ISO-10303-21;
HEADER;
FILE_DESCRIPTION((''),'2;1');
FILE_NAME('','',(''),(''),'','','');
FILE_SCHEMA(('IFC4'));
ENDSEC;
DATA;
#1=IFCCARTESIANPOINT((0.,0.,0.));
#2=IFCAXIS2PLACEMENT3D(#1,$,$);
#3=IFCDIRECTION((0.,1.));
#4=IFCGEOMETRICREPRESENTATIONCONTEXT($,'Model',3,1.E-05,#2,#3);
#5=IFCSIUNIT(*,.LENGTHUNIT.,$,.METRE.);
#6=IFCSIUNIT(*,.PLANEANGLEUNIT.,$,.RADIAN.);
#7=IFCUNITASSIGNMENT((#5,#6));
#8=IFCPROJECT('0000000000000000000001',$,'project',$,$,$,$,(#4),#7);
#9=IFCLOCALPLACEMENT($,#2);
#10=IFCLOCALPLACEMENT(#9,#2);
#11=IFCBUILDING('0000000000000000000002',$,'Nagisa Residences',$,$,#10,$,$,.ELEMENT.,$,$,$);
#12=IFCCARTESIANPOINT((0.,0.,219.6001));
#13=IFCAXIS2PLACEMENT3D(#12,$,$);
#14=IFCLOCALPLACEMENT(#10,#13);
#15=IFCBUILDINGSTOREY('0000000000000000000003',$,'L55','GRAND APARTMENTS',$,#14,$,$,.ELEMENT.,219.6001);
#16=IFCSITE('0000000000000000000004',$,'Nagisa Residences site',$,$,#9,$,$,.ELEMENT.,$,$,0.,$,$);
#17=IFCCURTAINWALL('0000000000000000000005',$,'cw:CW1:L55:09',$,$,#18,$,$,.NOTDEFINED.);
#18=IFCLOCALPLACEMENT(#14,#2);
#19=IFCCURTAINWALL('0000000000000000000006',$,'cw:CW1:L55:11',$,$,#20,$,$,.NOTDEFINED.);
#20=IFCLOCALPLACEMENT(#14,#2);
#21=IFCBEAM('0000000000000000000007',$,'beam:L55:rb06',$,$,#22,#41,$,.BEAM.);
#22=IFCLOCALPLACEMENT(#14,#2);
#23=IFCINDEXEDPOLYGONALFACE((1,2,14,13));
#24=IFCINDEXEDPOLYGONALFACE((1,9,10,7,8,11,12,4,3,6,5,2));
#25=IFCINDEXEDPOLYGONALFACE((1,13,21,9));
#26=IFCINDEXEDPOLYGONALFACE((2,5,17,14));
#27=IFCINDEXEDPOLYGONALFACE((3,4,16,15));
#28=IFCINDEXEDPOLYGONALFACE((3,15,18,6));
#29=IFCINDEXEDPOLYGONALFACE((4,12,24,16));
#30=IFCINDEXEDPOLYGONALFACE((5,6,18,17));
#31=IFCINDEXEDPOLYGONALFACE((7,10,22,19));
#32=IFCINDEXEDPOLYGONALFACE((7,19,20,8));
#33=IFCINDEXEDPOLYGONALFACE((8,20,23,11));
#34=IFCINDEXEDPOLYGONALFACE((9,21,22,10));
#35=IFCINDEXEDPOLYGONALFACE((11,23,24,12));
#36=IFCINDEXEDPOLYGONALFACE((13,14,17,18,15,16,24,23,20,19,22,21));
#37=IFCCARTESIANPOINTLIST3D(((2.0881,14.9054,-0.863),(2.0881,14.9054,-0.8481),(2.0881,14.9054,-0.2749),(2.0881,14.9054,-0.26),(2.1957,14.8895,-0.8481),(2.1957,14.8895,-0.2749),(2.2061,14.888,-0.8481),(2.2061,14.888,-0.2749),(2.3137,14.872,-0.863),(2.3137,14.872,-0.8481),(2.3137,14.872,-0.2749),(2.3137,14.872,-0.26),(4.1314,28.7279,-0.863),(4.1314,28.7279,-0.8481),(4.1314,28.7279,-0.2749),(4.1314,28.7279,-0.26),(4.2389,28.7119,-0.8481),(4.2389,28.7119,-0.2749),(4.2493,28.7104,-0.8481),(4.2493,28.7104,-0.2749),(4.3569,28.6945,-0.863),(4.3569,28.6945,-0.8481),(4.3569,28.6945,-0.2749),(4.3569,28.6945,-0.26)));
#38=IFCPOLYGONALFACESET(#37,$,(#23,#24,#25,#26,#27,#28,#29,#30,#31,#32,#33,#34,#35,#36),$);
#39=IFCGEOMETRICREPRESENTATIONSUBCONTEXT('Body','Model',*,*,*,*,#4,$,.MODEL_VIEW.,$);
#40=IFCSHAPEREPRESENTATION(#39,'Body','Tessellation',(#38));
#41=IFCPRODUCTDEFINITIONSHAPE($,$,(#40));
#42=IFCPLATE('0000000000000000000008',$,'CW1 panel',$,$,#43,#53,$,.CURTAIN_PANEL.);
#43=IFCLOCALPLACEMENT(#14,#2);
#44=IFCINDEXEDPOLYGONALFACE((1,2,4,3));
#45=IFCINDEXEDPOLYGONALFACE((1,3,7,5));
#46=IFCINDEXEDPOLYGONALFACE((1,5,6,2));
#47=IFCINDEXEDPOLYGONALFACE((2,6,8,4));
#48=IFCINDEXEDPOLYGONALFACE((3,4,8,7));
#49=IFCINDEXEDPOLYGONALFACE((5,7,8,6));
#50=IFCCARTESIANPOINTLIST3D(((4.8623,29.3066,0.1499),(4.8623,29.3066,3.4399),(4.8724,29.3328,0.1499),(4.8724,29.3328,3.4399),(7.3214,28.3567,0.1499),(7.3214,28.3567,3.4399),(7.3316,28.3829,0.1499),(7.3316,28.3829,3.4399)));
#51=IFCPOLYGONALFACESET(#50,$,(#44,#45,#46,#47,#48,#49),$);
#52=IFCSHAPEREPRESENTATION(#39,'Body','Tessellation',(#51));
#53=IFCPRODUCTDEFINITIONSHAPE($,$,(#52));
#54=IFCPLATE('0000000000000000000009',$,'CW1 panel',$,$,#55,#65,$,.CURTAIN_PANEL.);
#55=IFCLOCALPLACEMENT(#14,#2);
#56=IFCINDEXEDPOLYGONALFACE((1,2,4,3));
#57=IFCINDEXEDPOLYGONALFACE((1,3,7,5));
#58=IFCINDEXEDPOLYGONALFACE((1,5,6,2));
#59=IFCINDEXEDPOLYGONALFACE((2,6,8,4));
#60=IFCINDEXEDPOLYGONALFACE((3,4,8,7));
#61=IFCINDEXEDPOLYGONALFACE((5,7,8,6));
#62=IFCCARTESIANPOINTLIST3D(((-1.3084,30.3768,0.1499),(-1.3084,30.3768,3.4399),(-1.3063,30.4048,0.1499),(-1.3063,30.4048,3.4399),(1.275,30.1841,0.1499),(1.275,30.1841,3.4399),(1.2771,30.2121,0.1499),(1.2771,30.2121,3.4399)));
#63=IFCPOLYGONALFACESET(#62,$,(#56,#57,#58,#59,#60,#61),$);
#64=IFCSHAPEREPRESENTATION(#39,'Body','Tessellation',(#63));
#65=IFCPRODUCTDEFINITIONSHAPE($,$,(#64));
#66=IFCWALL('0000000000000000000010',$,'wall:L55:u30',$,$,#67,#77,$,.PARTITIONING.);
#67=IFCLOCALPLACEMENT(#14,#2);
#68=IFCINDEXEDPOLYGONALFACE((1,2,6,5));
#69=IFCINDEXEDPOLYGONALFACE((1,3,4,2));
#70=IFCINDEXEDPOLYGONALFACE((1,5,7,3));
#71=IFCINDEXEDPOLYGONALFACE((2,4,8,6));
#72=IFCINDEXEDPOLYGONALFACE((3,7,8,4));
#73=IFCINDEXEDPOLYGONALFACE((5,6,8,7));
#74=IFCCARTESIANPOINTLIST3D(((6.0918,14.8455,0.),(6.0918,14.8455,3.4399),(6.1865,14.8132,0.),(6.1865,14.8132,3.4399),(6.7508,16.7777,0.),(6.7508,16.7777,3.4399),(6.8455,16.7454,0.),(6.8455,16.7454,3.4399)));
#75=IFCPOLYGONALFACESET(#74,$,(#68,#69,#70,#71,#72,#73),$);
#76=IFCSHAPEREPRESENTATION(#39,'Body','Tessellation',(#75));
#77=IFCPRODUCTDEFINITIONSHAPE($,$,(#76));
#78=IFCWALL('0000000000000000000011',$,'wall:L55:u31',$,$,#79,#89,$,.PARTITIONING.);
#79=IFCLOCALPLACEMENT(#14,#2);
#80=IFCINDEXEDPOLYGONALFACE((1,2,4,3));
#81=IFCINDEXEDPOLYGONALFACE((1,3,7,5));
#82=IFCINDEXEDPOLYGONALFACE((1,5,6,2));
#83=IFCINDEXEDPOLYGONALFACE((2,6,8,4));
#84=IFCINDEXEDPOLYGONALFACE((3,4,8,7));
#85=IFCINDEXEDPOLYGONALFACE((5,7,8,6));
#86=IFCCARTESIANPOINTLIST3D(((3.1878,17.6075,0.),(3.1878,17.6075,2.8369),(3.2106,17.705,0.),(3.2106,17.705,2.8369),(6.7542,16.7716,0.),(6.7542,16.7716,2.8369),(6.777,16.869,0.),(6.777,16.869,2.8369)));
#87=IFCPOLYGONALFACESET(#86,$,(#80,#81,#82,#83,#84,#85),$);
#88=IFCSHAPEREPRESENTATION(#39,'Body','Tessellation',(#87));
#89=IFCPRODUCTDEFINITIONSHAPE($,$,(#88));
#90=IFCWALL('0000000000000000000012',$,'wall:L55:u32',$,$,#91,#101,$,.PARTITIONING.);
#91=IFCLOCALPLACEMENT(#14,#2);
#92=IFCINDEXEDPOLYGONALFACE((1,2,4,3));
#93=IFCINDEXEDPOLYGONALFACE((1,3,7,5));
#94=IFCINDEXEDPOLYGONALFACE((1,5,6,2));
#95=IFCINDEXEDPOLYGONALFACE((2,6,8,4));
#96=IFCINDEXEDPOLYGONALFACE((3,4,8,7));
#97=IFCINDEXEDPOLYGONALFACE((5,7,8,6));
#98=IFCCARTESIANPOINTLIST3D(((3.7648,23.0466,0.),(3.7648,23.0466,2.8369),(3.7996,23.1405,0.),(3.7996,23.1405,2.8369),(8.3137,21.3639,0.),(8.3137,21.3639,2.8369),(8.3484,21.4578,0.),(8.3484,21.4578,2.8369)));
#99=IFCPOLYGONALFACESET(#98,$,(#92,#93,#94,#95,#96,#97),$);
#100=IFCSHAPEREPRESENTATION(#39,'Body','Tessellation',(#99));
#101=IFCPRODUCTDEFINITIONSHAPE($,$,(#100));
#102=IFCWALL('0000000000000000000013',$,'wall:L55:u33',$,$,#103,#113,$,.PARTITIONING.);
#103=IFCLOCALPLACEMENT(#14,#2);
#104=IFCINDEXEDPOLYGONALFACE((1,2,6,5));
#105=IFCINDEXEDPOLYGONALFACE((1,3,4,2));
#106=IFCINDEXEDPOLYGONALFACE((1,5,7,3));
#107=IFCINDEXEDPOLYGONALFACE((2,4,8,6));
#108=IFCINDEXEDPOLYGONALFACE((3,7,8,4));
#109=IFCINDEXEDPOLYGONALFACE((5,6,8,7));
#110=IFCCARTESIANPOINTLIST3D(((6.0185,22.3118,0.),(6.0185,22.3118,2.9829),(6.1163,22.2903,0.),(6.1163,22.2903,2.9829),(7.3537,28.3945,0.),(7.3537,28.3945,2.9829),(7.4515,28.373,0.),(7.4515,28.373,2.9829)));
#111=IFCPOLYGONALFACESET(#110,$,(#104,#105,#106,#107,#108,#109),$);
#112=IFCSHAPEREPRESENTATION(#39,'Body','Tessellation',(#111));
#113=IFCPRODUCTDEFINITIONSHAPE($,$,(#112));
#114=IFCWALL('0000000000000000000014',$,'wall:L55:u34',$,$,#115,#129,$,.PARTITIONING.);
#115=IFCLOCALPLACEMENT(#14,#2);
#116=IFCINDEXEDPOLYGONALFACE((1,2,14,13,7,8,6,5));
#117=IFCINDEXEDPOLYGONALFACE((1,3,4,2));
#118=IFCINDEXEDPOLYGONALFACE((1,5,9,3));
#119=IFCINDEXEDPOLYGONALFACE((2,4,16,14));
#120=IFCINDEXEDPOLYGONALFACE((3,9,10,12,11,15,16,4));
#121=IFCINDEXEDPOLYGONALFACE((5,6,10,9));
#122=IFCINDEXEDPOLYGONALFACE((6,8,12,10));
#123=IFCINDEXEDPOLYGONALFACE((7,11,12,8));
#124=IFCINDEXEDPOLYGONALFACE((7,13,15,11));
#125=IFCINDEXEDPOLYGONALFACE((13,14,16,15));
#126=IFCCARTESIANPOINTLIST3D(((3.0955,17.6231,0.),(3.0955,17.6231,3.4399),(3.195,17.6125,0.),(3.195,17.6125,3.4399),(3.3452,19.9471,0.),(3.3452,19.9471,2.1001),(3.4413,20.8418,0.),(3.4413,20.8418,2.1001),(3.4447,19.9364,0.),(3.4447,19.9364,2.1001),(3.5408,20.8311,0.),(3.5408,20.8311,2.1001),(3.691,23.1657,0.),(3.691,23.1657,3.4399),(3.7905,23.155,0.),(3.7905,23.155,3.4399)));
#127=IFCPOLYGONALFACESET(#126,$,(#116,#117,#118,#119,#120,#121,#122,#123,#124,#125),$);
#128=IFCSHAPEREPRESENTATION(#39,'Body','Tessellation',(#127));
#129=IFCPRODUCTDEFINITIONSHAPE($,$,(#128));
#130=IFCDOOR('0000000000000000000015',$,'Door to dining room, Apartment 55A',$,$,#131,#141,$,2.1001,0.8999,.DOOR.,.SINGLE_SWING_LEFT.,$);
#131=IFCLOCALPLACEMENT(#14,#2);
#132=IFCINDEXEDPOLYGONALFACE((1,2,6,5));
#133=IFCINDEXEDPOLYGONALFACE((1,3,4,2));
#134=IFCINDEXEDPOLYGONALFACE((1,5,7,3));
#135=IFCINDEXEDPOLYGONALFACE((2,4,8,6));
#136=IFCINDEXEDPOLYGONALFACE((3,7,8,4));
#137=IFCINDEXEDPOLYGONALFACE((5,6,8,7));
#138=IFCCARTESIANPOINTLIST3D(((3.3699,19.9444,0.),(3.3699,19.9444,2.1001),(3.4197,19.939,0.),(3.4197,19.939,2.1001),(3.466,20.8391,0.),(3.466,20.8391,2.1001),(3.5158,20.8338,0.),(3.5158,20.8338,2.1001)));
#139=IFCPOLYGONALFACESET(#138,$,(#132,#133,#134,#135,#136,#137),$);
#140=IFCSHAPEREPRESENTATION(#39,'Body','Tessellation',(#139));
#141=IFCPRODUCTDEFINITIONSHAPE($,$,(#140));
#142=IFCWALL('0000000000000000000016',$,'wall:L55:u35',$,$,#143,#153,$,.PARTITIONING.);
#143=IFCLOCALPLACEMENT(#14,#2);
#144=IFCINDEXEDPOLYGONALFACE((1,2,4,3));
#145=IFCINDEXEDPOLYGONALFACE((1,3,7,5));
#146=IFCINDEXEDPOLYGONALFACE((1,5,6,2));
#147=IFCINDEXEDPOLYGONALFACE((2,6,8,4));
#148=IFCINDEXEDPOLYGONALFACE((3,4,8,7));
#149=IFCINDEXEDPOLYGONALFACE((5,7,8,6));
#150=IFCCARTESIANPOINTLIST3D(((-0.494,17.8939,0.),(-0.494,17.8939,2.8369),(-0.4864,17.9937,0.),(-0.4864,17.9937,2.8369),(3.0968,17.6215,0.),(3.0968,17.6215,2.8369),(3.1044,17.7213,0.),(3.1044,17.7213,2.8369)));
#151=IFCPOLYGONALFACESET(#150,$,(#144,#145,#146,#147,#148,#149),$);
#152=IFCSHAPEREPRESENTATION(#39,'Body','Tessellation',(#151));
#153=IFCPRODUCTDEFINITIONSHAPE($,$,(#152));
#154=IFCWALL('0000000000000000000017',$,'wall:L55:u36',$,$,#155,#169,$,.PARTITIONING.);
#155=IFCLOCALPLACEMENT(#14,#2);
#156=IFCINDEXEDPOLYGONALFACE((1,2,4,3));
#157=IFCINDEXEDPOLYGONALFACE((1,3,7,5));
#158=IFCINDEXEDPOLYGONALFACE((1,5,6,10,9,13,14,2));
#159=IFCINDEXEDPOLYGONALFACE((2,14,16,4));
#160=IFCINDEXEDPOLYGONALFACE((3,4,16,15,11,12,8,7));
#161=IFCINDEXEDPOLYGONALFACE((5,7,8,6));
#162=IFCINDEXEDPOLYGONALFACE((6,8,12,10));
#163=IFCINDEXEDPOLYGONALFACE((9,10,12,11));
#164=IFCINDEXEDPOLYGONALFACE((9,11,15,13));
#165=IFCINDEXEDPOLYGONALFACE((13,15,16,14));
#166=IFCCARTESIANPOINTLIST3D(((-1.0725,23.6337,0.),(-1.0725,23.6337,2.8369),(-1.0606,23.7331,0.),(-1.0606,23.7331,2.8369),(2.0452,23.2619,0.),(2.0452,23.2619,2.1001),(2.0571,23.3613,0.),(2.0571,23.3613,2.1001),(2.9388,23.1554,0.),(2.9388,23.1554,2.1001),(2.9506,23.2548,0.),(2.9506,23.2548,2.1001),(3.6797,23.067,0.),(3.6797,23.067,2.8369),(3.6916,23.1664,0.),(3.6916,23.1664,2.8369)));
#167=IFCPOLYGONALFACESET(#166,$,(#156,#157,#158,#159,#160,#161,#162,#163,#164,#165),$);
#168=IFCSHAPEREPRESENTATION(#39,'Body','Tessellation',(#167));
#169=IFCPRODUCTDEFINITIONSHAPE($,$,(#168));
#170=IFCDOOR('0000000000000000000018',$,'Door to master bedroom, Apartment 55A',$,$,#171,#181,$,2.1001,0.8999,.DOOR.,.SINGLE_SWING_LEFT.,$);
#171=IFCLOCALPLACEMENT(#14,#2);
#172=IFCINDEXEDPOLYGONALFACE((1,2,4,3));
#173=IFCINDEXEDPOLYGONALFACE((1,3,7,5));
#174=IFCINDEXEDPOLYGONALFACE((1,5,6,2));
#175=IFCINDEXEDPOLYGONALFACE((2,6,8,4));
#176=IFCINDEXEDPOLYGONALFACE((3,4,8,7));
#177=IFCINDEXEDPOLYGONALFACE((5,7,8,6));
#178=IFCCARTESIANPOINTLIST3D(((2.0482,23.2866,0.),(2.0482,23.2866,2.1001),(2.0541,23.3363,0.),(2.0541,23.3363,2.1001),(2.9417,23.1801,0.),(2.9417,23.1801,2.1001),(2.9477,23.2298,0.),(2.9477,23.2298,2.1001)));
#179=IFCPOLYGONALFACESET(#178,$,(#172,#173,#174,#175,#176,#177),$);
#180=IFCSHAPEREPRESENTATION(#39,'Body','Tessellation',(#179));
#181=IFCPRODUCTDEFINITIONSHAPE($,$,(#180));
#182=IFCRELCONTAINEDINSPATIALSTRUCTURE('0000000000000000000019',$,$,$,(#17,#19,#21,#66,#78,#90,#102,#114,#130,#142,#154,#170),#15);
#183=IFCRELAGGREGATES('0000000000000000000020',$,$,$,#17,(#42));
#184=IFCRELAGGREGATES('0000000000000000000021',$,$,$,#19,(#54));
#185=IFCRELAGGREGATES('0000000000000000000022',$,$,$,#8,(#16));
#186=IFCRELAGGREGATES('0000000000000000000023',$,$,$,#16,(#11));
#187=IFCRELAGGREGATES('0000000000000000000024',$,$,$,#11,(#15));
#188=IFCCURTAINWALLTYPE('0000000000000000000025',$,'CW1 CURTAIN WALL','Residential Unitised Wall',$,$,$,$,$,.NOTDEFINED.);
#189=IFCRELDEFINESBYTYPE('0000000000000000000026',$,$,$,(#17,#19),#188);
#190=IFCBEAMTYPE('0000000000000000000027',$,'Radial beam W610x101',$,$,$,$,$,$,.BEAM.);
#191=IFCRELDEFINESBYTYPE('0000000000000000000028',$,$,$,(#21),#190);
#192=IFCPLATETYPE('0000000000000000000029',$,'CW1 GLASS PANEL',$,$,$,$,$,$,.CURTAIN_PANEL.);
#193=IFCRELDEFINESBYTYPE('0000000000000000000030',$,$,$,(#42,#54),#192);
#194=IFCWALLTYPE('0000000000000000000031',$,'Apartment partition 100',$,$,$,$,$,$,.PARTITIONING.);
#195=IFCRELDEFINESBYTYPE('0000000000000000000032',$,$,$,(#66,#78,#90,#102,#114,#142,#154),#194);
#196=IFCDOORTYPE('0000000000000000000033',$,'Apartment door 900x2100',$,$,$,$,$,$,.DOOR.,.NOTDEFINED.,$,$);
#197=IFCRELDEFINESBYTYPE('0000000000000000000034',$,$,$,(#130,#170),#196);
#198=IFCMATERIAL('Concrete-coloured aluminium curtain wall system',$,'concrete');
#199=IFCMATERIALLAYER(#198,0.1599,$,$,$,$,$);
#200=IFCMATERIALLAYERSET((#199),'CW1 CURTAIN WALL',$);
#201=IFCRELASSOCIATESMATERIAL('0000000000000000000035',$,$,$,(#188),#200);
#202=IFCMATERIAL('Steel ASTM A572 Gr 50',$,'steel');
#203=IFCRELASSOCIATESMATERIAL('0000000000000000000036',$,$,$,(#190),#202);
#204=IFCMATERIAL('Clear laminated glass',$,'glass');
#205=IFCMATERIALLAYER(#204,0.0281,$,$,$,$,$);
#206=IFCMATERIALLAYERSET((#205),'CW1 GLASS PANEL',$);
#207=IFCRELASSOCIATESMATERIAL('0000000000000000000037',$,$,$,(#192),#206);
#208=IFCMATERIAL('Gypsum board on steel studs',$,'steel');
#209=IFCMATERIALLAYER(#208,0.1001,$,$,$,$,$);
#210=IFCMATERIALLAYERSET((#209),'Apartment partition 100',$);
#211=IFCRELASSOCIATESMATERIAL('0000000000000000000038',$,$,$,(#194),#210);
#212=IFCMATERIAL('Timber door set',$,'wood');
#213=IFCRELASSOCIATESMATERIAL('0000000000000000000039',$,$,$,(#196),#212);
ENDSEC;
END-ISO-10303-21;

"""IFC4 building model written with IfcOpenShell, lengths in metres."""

from ifc_helpers import new_model, si_unit, direction, frame, frame_2d, origin, origin_2d, place, context, subcontext, project, spatial, rectangle, i_section, extrude, material, layer, layer_set, material_profile, profile_set, type_object, element, fill, aggregate, save


model = new_model("IFC4")

# Units and contexts
model_context = context("Model", 3, precision=1e-05, world=origin(), true_north=direction((0.0, 1.0)))
body_context = subcontext(model_context, "Body", "Model", "MODEL_VIEW")
ifc_project = project(units=[si_unit("LENGTHUNIT", "METRE"), si_unit("PLANEANGLEUNIT", "RADIAN")], contexts=[model_context])

# Site, building, storey
site_placement = place(None, origin())
site = spatial("IfcSite", under=ifc_project, at=site_placement, Name="Nagisa Residences site", CompositionType="ELEMENT", RefElevation=0.0)
building_placement = place(site_placement, origin())
building = spatial("IfcBuilding", under=site, at=building_placement, Name="Nagisa Residences", CompositionType="ELEMENT")
storey_placement = place(building_placement, frame((0.0, 0.0, 219.6001)))
storey = spatial("IfcBuildingStorey", under=building, at=storey_placement, Name="L55", Description="GRAND APARTMENTS", CompositionType="ELEMENT", Elevation=219.6001)

# Curtain walls
ifc_material_1 = material(Name="Concrete-coloured aluminium curtain wall system", Category="concrete")
ifc_layer_1 = layer(ifc_material_1, 0.1599)
ifc_layer_set_1 = layer_set([ifc_layer_1], Name="CW1 CURTAIN WALL")
curtain_wall_type = type_object("IfcCurtainWallType", Name="CW1 CURTAIN WALL", Description="Residential Unitised Wall", PredefinedType="NOTDEFINED", material=ifc_layer_set_1)
curtain_wall_1_placement = place(storey_placement, origin())
curtain_wall_1 = element("IfcCurtainWall", 1, at=curtain_wall_1_placement, inside=storey, type_object=curtain_wall_type, Name="cw:CW1:L55:09", PredefinedType="NOTDEFINED")
curtain_wall_2_placement = place(storey_placement, origin())
curtain_wall_2 = element("IfcCurtainWall", 2, at=curtain_wall_2_placement, inside=storey, type_object=curtain_wall_type, Name="cw:CW1:L55:11", PredefinedType="NOTDEFINED")

# Beam
ifc_material_2 = material(Name="Steel ASTM A572 Gr 50", Category="steel")
ifc_material_profile_1 = material_profile(ifc_material_2, i_section(OverallWidth=0.228, OverallDepth=0.603, WebThickness=0.0105, FlangeThickness=0.0149, at=origin_2d()), Name="W610x101")
ifc_profile_set_1 = profile_set([ifc_material_profile_1], Name="Steel ASTM A572 Gr 50")
beam_type_1 = type_object("IfcBeamType", Name="Radial beam W610x101", PredefinedType="BEAM", material=ifc_profile_set_1)
beam_1_placement = place(storey_placement, frame((4.2441, 28.7112, -0.5615), z_axis=(-0.146229, -0.989251, 0.0), x_axis=(0.989251, -0.146229, 0.0)))
element("IfcBeam", 3, at=beam_1_placement, inside=storey, type_object=beam_type_1, Name="beam:L55:rb06", PredefinedType="BEAM", context=body_context, shape_type="SweptSolid", body=[
    extrude(i_section(OverallWidth=0.228, OverallDepth=0.603, WebThickness=0.0105, FlangeThickness=0.0149, at=origin_2d()), origin(), (0.0, 0.0, 1.0), 13.9727),
])

# Plates
ifc_material_3 = material(Name="Clear laminated glass", Category="glass")
ifc_layer_2 = layer(ifc_material_3, 0.0281)
ifc_layer_set_2 = layer_set([ifc_layer_2], Name="CW1 GLASS PANEL")
plate_type = type_object("IfcPlateType", Name="CW1 GLASS PANEL", PredefinedType="CURTAIN_PANEL", material=ifc_layer_set_2)
plate_1_placement = place(storey_placement, frame((6.0969, 28.8447, 0.1499), z_axis=(0.0, 0.0, 1.0), x_axis=(-0.932826, 0.360328, 0.0)))
plate_1 = element("IfcPlate", 4, at=plate_1_placement, type_object=plate_type, Name="CW1 panel", PredefinedType="CURTAIN_PANEL", context=body_context, shape_type="SweptSolid", body=[
    extrude(rectangle(XDim=2.6362, YDim=0.0281, at=origin_2d()), origin(), (0.0, 0.0, 1.0), 3.29),
])
aggregate(curtain_wall_1, [plate_1])
plate_2_placement = place(storey_placement, frame((-0.0156, 30.2944, 0.1499), z_axis=(0.0, 0.0, 1.0), x_axis=(-0.99723, 0.074377, 0.0)))
plate_2 = element("IfcPlate", 5, at=plate_2_placement, type_object=plate_type, Name="CW1 panel", PredefinedType="CURTAIN_PANEL", context=body_context, shape_type="SweptSolid", body=[
    extrude(rectangle(XDim=2.5906, YDim=0.0281, at=origin_2d()), origin(), (0.0, 0.0, 1.0), 3.29),
])
aggregate(curtain_wall_2, [plate_2])

# Walls
ifc_material_4 = material(Name="Gypsum board on steel studs", Category="steel")
ifc_layer_3 = layer(ifc_material_4, 0.1001)
ifc_layer_set_3 = layer_set([ifc_layer_3], Name="Apartment partition 100")
wall_type_1 = type_object("IfcWallType", Name="Apartment partition 100", PredefinedType="PARTITIONING", material=ifc_layer_set_3)
wall_1_placement = place(storey_placement, frame((6.1392, 14.8293, 0.0), z_axis=(0.0, 0.0, 1.0), x_axis=(0.322786, 0.946472, 0.0)))
element("IfcWall", 6, at=wall_1_placement, inside=storey, type_object=wall_type_1, Name="wall:L55:u30", PredefinedType="PARTITIONING", context=body_context, shape_type="SweptSolid", body=[
    extrude(rectangle(XDim=2.0415, YDim=0.1001, at=frame_2d((1.0208, 0.0))), origin(), (0.0, 0.0, 1.0), 3.4399),
])
wall_2_placement = place(storey_placement, frame((6.7656, 16.8203, 0.0), z_axis=(0.0, 0.0, 1.0), x_axis=(-0.973613, 0.228207, 0.0)))
element("IfcWall", 7, at=wall_2_placement, inside=storey, type_object=wall_type_1, Name="wall:L55:u31", PredefinedType="PARTITIONING", context=body_context, shape_type="SweptSolid", body=[
    extrude(rectangle(XDim=3.6631, YDim=0.1001, at=frame_2d((1.8315, 0.0))), origin(), (0.0, 0.0, 1.0), 2.8369),
])
wall_3_placement = place(storey_placement, frame((8.3311, 21.4109, 0.0), z_axis=(0.0, 0.0, 1.0), x_axis=(-0.937892, 0.346927, 0.0)))
element("IfcWall", 8, at=wall_3_placement, inside=storey, type_object=wall_type_1, Name="wall:L55:u32", PredefinedType="PARTITIONING", context=body_context, shape_type="SweptSolid", body=[
    extrude(rectangle(XDim=4.8501, YDim=0.1001, at=frame_2d((2.425, 0.0))), origin(), (0.0, 0.0, 1.0), 2.8369),
])
wall_4_placement = place(storey_placement, frame((6.0674, 22.301, 0.0), z_axis=(0.0, 0.0, 1.0), x_axis=(0.214402, 0.976746, 0.0)))
element("IfcWall", 9, at=wall_4_placement, inside=storey, type_object=wall_type_1, Name="wall:L55:u33", PredefinedType="PARTITIONING", context=body_context, shape_type="SweptSolid", body=[
    extrude(rectangle(XDim=6.2275, YDim=0.1001, at=frame_2d((3.1138, 0.0))), origin(), (0.0, 0.0, 1.0), 2.9829),
])

# Wall, opening, door
wall_5_placement = place(storey_placement, frame((3.1453, 17.6179, 0.0), z_axis=(0.0, 0.0, 1.0), x_axis=(0.106821, 0.994278, 0.0)))
wall_5 = element("IfcWall", 10, at=wall_5_placement, inside=storey, type_object=wall_type_1, Name="wall:L55:u34", PredefinedType="PARTITIONING", context=body_context, shape_type="SweptSolid", body=[
    extrude(rectangle(XDim=5.5745, YDim=0.1001, at=frame_2d((2.7871, 0.0))), origin(), (0.0, 0.0, 1.0), 3.4399),
])
opening_1_placement = place(wall_5_placement, frame((2.3372, 0.0, 0.0)))
opening_1 = element("IfcOpeningElement", 11, at=opening_1_placement, cuts=wall_5, PredefinedType="OPENING", context=body_context, shape_type="SweptSolid", body=[
    extrude(rectangle(XDim=0.8999, YDim=2.1001, at=frame_2d((0.45, 1.05))), frame((0.0, 0.0601, 0.0), z_axis=(0.0, -1.0, 0.0), x_axis=(1.0, 0.0, 0.0)), (0.0, 0.0, 1.0), 0.1201),
])
ifc_material_5 = material(Name="Timber door set", Category="wood")
door_type_1 = type_object("IfcDoorType", Name="Apartment door 900x2100", OperationType="NOTDEFINED", PredefinedType="DOOR", material=ifc_material_5)
door_1_placement = place(opening_1_placement, frame((0.8999, 0.0, 0.0), x_axis=(-1.0, 0.0, 0.0)))
door_1 = element("IfcDoor", 12, at=door_1_placement, inside=storey, type_object=door_type_1, Name="Door to dining room, Apartment 55A", OperationType="SINGLE_SWING_LEFT", OverallHeight=2.1001, OverallWidth=0.8999, PredefinedType="DOOR", context=body_context, shape_type="SweptSolid", body=[
    extrude(rectangle(XDim=0.8999, YDim=2.1001, at=frame_2d((0.45, 1.05))), frame((0.0, 0.0249, 0.0), z_axis=(0.0, -1.0, 0.0), x_axis=(1.0, 0.0, 0.0)), (0.0, 0.0, 1.0), 0.05),
])
fill(opening_1, door_1)

# Wall
wall_6_placement = place(storey_placement, frame((3.1006, 17.6714, 0.0), z_axis=(0.0, 0.0, 1.0), x_axis=(-0.997134, 0.07566, 0.0)))
element("IfcWall", 13, at=wall_6_placement, inside=storey, type_object=wall_type_1, Name="wall:L55:u35", PredefinedType="PARTITIONING", context=body_context, shape_type="SweptSolid", body=[
    extrude(rectangle(XDim=3.6011, YDim=0.1001, at=frame_2d((1.8005, 0.0))), origin(), (0.0, 0.0, 1.0), 2.8369),
])

# Wall, opening, door
wall_7_placement = place(storey_placement, frame((3.6858, 23.1167, 0.0), z_axis=(0.0, 0.0, 1.0), x_axis=(-0.992966, 0.118401, 0.0)))
wall_7 = element("IfcWall", 14, at=wall_7_placement, inside=storey, type_object=wall_type_1, Name="wall:L55:u36", PredefinedType="PARTITIONING", context=body_context, shape_type="SweptSolid", body=[
    extrude(rectangle(XDim=4.7859, YDim=0.1001, at=frame_2d((2.3931, 0.0))), origin(), (0.0, 0.0, 1.0), 2.8369),
])
opening_2_placement = place(wall_7_placement, frame((0.7463, 0.0, 0.0)))
opening_2 = element("IfcOpeningElement", 15, at=opening_2_placement, cuts=wall_7, PredefinedType="OPENING", context=body_context, shape_type="SweptSolid", body=[
    extrude(rectangle(XDim=0.8999, YDim=2.1001, at=frame_2d((0.45, 1.05))), frame((0.0, 0.0601, 0.0), z_axis=(0.0, -1.0, 0.0), x_axis=(1.0, 0.0, 0.0)), (0.0, 0.0, 1.0), 0.1201),
])
door_2_placement = place(opening_2_placement, frame((0.8999, 0.0, 0.0), x_axis=(-1.0, 0.0, 0.0)))
door_2 = element("IfcDoor", 16, at=door_2_placement, inside=storey, type_object=door_type_1, Name="Door to master bedroom, Apartment 55A", OperationType="SINGLE_SWING_LEFT", OverallHeight=2.1001, OverallWidth=0.8999, PredefinedType="DOOR", context=body_context, shape_type="SweptSolid", body=[
    extrude(rectangle(XDim=0.8999, YDim=2.1001, at=frame_2d((0.45, 1.05))), frame((0.0, 0.0249, 0.0), z_axis=(0.0, -1.0, 0.0), x_axis=(1.0, 0.0, 0.0)), (0.0, 0.0, 1.0), 0.05),
])
fill(opening_2, door_2)

save(model, "model.ifc")
